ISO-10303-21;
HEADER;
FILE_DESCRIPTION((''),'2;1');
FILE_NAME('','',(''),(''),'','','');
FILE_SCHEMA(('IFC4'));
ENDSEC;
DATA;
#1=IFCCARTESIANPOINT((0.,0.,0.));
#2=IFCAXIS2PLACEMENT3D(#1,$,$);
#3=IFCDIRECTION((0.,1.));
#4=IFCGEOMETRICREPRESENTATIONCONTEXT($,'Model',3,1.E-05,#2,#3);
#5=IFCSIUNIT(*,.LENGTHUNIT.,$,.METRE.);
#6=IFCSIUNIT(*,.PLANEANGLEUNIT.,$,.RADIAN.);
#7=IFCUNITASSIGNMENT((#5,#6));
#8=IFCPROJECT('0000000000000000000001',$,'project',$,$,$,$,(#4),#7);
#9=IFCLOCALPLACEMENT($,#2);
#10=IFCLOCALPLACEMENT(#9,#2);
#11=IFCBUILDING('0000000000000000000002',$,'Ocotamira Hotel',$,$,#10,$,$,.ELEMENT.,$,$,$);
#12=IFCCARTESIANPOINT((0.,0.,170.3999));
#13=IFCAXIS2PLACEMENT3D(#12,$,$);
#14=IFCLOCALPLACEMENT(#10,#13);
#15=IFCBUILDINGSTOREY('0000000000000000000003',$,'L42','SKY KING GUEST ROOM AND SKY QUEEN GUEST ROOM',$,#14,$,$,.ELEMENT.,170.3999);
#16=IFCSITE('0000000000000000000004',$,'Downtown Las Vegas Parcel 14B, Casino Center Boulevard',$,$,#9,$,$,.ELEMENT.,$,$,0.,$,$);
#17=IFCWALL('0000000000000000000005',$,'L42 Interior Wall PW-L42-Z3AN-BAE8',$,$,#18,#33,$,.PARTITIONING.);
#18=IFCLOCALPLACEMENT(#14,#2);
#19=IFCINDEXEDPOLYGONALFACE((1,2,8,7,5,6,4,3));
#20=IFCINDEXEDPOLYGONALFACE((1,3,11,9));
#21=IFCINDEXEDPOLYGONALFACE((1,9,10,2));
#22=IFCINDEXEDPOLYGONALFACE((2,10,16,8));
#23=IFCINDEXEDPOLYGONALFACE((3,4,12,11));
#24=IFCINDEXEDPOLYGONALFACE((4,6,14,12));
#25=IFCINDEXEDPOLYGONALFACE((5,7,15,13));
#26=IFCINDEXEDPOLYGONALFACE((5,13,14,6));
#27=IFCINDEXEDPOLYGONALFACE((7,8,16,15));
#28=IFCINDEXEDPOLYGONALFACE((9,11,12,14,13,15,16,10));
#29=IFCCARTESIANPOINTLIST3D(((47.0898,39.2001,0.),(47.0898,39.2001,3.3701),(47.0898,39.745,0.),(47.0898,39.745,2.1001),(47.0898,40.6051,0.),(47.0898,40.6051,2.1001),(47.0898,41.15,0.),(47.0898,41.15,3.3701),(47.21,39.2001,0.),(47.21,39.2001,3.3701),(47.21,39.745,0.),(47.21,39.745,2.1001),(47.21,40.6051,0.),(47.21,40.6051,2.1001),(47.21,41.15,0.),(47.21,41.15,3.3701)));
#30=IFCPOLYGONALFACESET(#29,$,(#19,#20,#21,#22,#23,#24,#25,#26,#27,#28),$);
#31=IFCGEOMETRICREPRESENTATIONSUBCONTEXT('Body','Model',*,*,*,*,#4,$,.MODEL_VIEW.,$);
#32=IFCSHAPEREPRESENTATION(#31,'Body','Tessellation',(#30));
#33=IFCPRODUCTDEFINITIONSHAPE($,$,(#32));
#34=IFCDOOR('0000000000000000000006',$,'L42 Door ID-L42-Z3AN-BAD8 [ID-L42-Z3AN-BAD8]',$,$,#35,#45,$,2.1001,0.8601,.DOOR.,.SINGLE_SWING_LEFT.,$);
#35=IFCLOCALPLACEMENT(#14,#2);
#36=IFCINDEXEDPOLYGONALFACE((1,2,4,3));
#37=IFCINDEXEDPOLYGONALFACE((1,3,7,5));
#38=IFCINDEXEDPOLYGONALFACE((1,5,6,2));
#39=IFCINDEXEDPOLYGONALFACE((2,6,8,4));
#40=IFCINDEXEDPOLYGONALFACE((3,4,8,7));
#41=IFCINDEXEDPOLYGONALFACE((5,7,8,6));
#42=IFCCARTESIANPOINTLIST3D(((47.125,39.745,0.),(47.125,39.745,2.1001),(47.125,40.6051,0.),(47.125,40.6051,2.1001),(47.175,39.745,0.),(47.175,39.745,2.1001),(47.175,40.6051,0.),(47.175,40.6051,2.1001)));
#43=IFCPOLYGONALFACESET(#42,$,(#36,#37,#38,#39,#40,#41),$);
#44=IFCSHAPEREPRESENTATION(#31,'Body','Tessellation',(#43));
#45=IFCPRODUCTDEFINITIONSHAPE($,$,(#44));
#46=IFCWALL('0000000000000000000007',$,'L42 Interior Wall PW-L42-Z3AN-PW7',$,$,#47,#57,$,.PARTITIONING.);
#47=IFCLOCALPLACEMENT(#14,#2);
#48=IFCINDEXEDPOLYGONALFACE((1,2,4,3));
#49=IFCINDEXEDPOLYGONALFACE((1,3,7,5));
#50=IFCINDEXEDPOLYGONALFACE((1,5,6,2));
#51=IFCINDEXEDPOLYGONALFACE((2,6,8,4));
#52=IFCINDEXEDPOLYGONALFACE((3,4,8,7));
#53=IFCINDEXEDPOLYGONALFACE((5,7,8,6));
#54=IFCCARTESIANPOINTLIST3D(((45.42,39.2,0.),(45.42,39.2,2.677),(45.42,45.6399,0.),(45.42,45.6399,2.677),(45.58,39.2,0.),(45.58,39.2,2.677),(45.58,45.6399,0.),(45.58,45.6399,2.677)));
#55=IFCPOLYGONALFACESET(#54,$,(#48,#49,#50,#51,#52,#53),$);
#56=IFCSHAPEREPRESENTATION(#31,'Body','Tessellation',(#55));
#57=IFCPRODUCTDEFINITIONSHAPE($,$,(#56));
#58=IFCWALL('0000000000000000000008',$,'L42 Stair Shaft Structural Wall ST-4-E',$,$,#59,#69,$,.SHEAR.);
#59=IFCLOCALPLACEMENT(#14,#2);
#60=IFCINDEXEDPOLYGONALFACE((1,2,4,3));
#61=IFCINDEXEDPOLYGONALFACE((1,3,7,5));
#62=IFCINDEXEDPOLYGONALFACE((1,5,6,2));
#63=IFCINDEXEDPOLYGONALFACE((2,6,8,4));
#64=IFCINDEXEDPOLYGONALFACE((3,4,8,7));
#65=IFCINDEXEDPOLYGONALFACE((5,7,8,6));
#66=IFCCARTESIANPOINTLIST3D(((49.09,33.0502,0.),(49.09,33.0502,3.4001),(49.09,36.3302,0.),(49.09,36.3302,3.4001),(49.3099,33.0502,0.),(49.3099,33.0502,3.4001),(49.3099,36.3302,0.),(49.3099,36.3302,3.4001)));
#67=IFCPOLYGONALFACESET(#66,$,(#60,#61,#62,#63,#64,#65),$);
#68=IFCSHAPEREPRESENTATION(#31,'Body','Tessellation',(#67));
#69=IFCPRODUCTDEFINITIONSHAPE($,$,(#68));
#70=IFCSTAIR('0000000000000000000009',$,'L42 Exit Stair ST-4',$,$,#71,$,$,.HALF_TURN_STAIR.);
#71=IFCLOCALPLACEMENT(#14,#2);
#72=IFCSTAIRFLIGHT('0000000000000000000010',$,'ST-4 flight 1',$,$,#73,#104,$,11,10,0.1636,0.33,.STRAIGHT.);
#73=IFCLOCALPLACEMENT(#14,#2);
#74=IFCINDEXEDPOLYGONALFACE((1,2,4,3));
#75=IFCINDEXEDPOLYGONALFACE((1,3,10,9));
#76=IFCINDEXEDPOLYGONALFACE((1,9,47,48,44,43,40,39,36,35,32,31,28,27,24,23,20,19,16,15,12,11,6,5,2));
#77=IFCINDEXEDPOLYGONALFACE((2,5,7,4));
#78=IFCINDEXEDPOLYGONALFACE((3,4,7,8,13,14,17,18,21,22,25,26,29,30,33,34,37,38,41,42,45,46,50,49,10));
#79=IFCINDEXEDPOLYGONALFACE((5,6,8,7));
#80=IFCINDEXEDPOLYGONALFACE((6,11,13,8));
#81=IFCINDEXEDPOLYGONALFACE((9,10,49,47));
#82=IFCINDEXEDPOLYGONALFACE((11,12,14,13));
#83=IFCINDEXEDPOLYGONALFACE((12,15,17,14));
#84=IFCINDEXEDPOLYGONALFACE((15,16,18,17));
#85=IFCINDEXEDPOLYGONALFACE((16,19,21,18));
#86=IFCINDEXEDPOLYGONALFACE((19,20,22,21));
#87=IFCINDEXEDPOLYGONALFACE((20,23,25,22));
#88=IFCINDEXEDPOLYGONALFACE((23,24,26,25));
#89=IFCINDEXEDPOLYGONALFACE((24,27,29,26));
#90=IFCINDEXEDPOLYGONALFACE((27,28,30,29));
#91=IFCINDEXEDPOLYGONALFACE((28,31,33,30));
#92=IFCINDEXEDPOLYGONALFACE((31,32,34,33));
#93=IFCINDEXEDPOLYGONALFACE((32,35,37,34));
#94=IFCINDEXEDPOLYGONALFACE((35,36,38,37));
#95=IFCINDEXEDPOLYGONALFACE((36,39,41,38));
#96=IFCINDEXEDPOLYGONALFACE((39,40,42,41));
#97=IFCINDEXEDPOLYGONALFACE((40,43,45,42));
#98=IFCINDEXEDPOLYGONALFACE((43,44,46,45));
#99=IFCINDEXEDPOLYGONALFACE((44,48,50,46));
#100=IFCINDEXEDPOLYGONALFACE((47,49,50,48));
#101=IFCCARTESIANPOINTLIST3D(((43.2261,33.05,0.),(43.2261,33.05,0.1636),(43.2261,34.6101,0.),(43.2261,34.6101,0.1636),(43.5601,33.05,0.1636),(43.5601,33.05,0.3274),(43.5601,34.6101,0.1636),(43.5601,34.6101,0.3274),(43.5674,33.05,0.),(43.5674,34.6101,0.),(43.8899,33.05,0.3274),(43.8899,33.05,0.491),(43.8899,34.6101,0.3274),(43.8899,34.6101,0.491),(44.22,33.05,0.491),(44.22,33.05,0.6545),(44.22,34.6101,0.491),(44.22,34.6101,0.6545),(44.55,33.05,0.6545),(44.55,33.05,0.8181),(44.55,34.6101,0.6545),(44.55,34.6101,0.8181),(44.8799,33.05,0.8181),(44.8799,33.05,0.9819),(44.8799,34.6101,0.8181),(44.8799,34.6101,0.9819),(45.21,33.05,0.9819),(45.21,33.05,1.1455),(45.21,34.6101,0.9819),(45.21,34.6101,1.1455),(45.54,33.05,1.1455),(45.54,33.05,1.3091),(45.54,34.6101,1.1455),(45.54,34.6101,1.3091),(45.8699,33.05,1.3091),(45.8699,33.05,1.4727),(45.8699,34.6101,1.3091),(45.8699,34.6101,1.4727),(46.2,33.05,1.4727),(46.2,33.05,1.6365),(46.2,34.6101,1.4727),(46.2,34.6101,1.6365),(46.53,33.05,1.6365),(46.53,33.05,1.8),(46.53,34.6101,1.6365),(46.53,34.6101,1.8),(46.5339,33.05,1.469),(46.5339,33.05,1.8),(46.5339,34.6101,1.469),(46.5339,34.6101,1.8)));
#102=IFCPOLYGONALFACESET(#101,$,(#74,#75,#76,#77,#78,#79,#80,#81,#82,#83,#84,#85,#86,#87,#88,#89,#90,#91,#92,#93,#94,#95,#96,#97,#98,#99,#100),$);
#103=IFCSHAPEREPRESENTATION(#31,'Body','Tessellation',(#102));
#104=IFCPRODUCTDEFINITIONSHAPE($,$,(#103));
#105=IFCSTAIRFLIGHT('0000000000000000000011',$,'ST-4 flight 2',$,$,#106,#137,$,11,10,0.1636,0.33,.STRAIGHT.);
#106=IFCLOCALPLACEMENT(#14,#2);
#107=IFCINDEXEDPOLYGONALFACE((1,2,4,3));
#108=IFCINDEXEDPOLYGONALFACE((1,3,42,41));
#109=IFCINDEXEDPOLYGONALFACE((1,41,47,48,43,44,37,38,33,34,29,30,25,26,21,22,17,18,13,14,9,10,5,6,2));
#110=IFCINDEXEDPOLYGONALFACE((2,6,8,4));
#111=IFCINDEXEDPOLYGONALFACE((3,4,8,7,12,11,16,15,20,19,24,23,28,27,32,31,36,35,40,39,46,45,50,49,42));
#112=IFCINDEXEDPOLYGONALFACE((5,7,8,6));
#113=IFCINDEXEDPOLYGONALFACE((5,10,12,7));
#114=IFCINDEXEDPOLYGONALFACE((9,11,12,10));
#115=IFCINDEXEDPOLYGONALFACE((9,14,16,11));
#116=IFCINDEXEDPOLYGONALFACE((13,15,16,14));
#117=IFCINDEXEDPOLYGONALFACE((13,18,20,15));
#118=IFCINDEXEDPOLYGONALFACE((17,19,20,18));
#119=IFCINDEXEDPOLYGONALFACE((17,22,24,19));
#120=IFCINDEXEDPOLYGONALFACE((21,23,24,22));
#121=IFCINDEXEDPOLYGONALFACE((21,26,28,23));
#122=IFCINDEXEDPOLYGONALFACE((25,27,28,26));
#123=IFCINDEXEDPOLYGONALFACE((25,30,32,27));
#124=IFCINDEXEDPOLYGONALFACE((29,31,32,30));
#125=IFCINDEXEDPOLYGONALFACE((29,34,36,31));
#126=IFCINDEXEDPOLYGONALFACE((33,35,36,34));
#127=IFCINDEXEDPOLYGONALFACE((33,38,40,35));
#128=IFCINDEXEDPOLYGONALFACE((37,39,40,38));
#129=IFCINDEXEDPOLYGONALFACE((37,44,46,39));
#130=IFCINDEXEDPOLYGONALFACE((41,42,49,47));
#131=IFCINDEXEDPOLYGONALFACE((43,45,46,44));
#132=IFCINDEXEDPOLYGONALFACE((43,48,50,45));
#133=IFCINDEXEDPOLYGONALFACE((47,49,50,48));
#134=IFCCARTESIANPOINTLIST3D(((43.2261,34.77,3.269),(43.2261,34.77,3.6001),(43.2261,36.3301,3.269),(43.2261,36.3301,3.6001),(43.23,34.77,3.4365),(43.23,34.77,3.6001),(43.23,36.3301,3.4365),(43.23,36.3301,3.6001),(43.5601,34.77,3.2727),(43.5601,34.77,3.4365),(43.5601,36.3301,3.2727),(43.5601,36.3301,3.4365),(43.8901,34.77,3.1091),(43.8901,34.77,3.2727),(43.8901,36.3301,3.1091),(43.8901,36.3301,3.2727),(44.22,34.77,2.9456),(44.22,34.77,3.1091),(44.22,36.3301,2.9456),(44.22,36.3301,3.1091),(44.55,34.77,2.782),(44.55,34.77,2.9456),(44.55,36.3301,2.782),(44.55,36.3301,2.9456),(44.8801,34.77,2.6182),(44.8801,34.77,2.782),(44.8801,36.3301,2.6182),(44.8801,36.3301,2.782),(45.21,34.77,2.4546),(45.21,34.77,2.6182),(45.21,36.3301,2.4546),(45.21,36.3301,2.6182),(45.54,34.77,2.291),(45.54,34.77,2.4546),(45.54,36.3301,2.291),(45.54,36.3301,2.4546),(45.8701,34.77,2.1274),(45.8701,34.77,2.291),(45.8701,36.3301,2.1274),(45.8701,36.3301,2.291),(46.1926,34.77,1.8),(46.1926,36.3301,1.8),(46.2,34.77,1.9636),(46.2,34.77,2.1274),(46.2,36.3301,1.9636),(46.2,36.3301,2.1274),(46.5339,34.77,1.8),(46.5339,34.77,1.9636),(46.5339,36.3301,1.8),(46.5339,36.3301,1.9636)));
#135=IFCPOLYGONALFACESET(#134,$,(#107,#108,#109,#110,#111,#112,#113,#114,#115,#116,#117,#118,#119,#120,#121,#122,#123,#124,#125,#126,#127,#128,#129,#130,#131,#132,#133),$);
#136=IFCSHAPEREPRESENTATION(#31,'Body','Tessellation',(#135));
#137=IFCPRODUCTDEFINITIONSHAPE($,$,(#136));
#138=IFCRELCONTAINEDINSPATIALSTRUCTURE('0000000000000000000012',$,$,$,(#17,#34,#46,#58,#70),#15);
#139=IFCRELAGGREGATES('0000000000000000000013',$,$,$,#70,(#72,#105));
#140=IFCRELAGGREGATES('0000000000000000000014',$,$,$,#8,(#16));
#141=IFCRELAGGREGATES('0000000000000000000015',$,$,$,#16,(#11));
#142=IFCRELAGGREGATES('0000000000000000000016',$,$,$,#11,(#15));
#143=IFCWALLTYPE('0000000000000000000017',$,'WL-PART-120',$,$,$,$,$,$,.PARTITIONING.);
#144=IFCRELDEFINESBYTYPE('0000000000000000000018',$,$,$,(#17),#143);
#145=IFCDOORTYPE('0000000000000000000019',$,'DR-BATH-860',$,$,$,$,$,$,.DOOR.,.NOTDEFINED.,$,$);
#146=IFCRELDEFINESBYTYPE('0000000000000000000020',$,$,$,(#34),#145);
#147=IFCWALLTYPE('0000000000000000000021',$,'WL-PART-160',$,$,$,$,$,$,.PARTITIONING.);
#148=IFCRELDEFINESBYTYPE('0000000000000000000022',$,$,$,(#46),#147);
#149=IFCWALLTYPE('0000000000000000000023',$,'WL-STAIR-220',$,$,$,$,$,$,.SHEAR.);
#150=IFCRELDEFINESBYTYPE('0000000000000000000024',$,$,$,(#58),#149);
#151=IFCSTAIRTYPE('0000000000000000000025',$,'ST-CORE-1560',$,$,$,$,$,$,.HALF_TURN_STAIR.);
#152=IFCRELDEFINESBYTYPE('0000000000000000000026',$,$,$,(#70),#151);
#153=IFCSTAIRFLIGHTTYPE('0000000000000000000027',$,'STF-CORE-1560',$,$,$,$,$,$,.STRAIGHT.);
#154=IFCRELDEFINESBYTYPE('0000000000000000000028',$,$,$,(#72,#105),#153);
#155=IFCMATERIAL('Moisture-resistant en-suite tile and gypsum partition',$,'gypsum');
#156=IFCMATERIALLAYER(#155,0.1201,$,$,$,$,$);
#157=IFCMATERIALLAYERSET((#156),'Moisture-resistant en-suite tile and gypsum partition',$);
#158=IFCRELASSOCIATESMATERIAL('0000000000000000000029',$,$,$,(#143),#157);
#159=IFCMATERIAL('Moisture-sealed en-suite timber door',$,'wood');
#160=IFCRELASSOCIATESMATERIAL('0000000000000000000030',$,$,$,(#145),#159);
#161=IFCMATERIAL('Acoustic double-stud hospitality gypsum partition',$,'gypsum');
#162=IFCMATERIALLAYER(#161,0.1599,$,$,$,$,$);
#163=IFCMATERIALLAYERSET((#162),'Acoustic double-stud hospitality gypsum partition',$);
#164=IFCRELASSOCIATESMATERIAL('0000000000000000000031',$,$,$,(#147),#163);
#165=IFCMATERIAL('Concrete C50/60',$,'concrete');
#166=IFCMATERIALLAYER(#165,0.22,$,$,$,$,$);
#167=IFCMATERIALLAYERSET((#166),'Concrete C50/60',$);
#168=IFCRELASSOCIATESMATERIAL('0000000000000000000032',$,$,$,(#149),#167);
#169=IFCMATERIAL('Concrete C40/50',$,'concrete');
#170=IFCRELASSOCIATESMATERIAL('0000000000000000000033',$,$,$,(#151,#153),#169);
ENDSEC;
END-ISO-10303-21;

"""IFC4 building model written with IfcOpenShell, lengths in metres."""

from ifc_helpers import new_model, si_unit, direction, frame, frame_2d, origin, place, context, subcontext, project, spatial, polyline, rectangle, outline, extrude, source, transform, mapped, material, layer, layer_set, type_object, element, fill, aggregate, save


model = new_model("IFC4")

# Units and contexts
model_context = context("Model", 3, precision=1e-05, world=origin(), true_north=direction((0.0, 1.0)))
body_context = subcontext(model_context, "Body", "Model", "MODEL_VIEW")
ifc_project = project(units=[si_unit("LENGTHUNIT", "METRE"), si_unit("PLANEANGLEUNIT", "RADIAN")], contexts=[model_context])

# Site, building, storey
site_placement = place(None, origin())
site = spatial("IfcSite", under=ifc_project, at=site_placement, Name="Downtown Las Vegas Parcel 14B, Casino Center Boulevard", CompositionType="ELEMENT", RefElevation=0.0)
building_placement = place(site_placement, origin())
building = spatial("IfcBuilding", under=site, at=building_placement, Name="Ocotamira Hotel", CompositionType="ELEMENT")
storey_placement = place(building_placement, frame((0.0, 0.0, 170.3999)))
storey = spatial("IfcBuildingStorey", under=building, at=storey_placement, Name="L42", Description="SKY KING GUEST ROOM AND SKY QUEEN GUEST ROOM", CompositionType="ELEMENT", Elevation=170.3999)

# Wall, opening, door
ifc_material_1 = material(Name="Moisture-resistant en-suite tile and gypsum partition", Category="gypsum")
ifc_layer_1 = layer(ifc_material_1, 0.1201)
ifc_layer_set_1 = layer_set([ifc_layer_1], Name="Moisture-resistant en-suite tile and gypsum partition")
wall_type_1 = type_object("IfcWallType", Name="WL-PART-120", PredefinedType="PARTITIONING", material=ifc_layer_set_1)
ifc_material_2 = material(Name="Moisture-sealed en-suite timber door", Category="wood")
door_type_1 = type_object("IfcDoorType", Name="DR-BATH-860", OperationType="NOTDEFINED", PredefinedType="DOOR", material=ifc_material_2)
shared_shape_1 = source(origin(), body_context, "Body", "SweptSolid", [
    extrude(rectangle(XDim=0.8601, YDim=2.1001, at=frame_2d((0.4302, 1.05))), frame((0.0, 0.0249, 0.0), z_axis=(0.0, -1.0, 0.0), x_axis=(1.0, 0.0, 0.0)), (0.0, 0.0, 1.0), 0.05),
])
wall_1_placement = place(storey_placement, frame((47.1499, 39.2, 0.0), z_axis=(0.0, 0.0, 1.0), x_axis=(0.0, 1.0, 0.0)))
wall_1 = element("IfcWall", 1, at=wall_1_placement, inside=storey, type_object=wall_type_1, Name="L42 Interior Wall PW-L42-Z3AN-BAE8", PredefinedType="PARTITIONING", context=body_context, shape_type="SweptSolid", body=[
    extrude(rectangle(XDim=1.95, YDim=0.1201, at=frame_2d((0.9751, 0.0))), origin(), (0.0, 0.0, 1.0), 3.3701),
])
opening_1_placement = place(wall_1_placement, frame((0.5449, 0.0, 0.0)))
opening_1 = element("IfcOpeningElement", 2, at=opening_1_placement, cuts=wall_1, PredefinedType="OPENING", context=body_context, shape_type="SweptSolid", body=[
    extrude(rectangle(XDim=0.8601, YDim=2.1001, at=frame_2d((0.4302, 1.05))), frame((0.0, 0.0701, 0.0), z_axis=(0.0, -1.0, 0.0), x_axis=(1.0, 0.0, 0.0)), (0.0, 0.0, 1.0), 0.1401),
])
door_1_placement = place(opening_1_placement, origin())
door_1 = element("IfcDoor", 3, at=door_1_placement, inside=storey, type_object=door_type_1, Name="L42 Door ID-L42-Z3AN-BAD8 [ID-L42-Z3AN-BAD8]", OperationType="SINGLE_SWING_LEFT", OverallHeight=2.1001, OverallWidth=0.8601, PredefinedType="DOOR", context=body_context, shape_type="MappedRepresentation", body=[
    mapped(shared_shape_1, transform((0.0, 0.0, 0.0), scale=1.0)),
])
fill(opening_1, door_1)

# Walls
ifc_material_3 = material(Name="Acoustic double-stud hospitality gypsum partition", Category="gypsum")
ifc_layer_2 = layer(ifc_material_3, 0.1599)
ifc_layer_set_2 = layer_set([ifc_layer_2], Name="Acoustic double-stud hospitality gypsum partition")
wall_type_2 = type_object("IfcWallType", Name="WL-PART-160", PredefinedType="PARTITIONING", material=ifc_layer_set_2)
wall_2_placement = place(storey_placement, frame((45.5, 39.2, 0.0), z_axis=(0.0, 0.0, 1.0), x_axis=(0.0, 1.0, 0.0)))
element("IfcWall", 4, at=wall_2_placement, inside=storey, type_object=wall_type_2, Name="L42 Interior Wall PW-L42-Z3AN-PW7", PredefinedType="PARTITIONING", context=body_context, shape_type="SweptSolid", body=[
    extrude(rectangle(XDim=6.4399, YDim=0.1599, at=frame_2d((3.22, 0.0))), origin(), (0.0, 0.0, 1.0), 2.677),
])
ifc_material_4 = material(Name="Concrete C50/60", Category="concrete")
ifc_layer_3 = layer(ifc_material_4, 0.22)
ifc_layer_set_3 = layer_set([ifc_layer_3], Name="Concrete C50/60")
wall_type_3 = type_object("IfcWallType", Name="WL-STAIR-220", PredefinedType="SHEAR", material=ifc_layer_set_3)
wall_3_placement = place(storey_placement, frame((49.2, 33.05, 0.0), z_axis=(0.0, 0.0, 1.0), x_axis=(0.0, 1.0, 0.0)))
element("IfcWall", 5, at=wall_3_placement, inside=storey, type_object=wall_type_3, Name="L42 Stair Shaft Structural Wall ST-4-E", PredefinedType="SHEAR", context=body_context, shape_type="SweptSolid", body=[
    extrude(rectangle(XDim=3.28, YDim=0.22, at=frame_2d((1.6401, 0.0))), origin(), (0.0, 0.0, 1.0), 3.4001),
])

# Stair, stair flights
ifc_material_5 = material(Name="Concrete C40/50", Category="concrete")
stair_type = type_object("IfcStairType", Name="ST-CORE-1560", PredefinedType="HALF_TURN_STAIR", material=ifc_material_5)
stair_placement = place(storey_placement, origin())
stair = element("IfcStair", 6, at=stair_placement, inside=storey, type_object=stair_type, Name="L42 Exit Stair ST-4", PredefinedType="HALF_TURN_STAIR")
stair_flight_type = type_object("IfcStairFlightType", Name="STF-CORE-1560", PredefinedType="STRAIGHT", material=ifc_material_5)
shared_shape_2 = source(origin(), body_context, "Body", "SweptSolid", [
    extrude(outline(polyline([(-0.0039, 0.0), (-0.0039, 0.1636), (0.3301, 0.1636), (0.3301, 0.3274), (0.6599, 0.3274), (0.6599, 0.491), (0.99, 0.491), (0.99, 0.6545), (1.3201, 0.6545), (1.3201, 0.8181), (1.6499, 0.8181), (1.6499, 0.9819), (1.98, 0.9819), (1.98, 1.1455), (2.3101, 1.1455), (2.3101, 1.3091), (2.6399, 1.3091), (2.6399, 1.4727), (2.97, 1.4727), (2.97, 1.6365), (3.3, 1.6365), (3.3, 1.8), (3.304, 1.8), (3.304, 1.469), (0.3374, 0.0), (-0.0039, 0.0)])), frame((0.0, 0.78, 0.0), z_axis=(0.0, -1.0, 0.0), x_axis=(1.0, 0.0, 0.0)), (0.0, 0.0, 1.0), 1.5601),
])
stair_flight_1_placement = place(storey_placement, frame((43.23, 33.8301, 0.0), z_axis=(0.0, 0.0, 1.0), x_axis=(1.0, 0.0, 0.0)))
stair_flight_1 = element("IfcStairFlight", 7, at=stair_flight_1_placement, type_object=stair_flight_type, Name="ST-4 flight 1", NumberOfRisers=11, NumberOfTreads=10, PredefinedType="STRAIGHT", RiserHeight=0.1636, TreadLength=0.33, context=body_context, shape_type="MappedRepresentation", body=[
    mapped(shared_shape_2, transform((0.0, 0.0, 0.0), scale=1.0)),
])
stair_flight_2_placement = place(storey_placement, frame((46.53, 35.55, 1.8), z_axis=(0.0, 0.0, 1.0), x_axis=(-1.0, 0.0, 0.0)))
stair_flight_2 = element("IfcStairFlight", 8, at=stair_flight_2_placement, type_object=stair_flight_type, Name="ST-4 flight 2", NumberOfRisers=11, NumberOfTreads=10, PredefinedType="STRAIGHT", RiserHeight=0.1636, TreadLength=0.33, context=body_context, shape_type="MappedRepresentation", body=[
    mapped(shared_shape_2, transform((0.0, 0.0, 0.0), scale=1.0)),
])
aggregate(stair, [stair_flight_1, stair_flight_2])

save(model, "model.ifc")
